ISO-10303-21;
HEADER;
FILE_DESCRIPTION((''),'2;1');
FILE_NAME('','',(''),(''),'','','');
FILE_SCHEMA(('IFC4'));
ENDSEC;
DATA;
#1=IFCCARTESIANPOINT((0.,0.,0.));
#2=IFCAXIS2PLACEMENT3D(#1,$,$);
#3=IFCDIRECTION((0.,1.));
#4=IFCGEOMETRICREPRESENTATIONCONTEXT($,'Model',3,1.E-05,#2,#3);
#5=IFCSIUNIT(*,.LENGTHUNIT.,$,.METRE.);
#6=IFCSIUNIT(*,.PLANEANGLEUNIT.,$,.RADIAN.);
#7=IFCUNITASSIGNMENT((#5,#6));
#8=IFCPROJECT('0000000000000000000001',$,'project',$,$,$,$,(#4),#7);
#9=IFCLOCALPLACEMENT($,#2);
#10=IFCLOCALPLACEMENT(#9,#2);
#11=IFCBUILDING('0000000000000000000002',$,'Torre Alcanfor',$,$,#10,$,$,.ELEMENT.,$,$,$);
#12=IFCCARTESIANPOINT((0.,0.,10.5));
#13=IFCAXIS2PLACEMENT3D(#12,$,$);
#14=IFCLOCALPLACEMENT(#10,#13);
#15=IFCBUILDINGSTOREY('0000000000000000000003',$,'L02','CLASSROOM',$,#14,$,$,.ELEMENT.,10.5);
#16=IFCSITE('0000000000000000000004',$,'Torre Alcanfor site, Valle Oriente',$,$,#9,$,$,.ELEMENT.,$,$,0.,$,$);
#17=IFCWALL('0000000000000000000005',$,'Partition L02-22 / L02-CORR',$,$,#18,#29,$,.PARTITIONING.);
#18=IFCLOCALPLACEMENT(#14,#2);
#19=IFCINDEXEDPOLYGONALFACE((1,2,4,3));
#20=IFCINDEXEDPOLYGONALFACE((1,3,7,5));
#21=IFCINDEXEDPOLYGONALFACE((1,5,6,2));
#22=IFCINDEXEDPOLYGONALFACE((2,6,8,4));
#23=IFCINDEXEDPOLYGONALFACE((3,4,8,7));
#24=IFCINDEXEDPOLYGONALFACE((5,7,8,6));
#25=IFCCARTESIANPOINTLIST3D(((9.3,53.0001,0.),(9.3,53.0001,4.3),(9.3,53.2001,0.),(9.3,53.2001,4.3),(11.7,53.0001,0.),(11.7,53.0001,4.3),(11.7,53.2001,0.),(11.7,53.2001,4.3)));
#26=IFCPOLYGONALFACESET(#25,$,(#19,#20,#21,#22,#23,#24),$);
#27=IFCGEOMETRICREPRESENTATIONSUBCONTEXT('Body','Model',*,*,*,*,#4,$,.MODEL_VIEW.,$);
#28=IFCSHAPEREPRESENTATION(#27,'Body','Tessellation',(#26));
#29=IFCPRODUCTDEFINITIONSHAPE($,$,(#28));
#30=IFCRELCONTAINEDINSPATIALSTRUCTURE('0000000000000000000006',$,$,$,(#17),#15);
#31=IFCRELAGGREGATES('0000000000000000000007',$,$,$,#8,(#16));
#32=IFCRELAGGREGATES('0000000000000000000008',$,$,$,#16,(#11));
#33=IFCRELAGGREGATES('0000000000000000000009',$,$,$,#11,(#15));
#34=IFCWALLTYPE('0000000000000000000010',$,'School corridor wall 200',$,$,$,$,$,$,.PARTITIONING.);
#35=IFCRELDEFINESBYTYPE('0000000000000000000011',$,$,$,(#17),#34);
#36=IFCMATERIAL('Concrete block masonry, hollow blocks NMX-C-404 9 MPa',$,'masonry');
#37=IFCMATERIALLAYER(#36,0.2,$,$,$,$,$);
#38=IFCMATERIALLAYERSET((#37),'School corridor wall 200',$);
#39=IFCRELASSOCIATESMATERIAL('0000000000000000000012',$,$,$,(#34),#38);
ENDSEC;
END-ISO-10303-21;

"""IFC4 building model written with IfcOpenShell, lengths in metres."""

from ifc_helpers import new_model, si_unit, direction, frame, frame_2d, origin, place, context, subcontext, project, spatial, rectangle, extrude, material, layer, layer_set, type_object, element, save


model = new_model("IFC4")

# Units and contexts
model_context = context("Model", 3, precision=1e-05, world=origin(), true_north=direction((0.0, 1.0)))
body_context = subcontext(model_context, "Body", "Model", "MODEL_VIEW")
ifc_project = project(units=[si_unit("LENGTHUNIT", "METRE"), si_unit("PLANEANGLEUNIT", "RADIAN")], contexts=[model_context])

# Site, building, storey
site_placement = place(None, origin())
site = spatial("IfcSite", under=ifc_project, at=site_placement, Name="Torre Alcanfor site, Valle Oriente", CompositionType="ELEMENT", RefElevation=0.0)
building_placement = place(site_placement, origin())
building = spatial("IfcBuilding", under=site, at=building_placement, Name="Torre Alcanfor", CompositionType="ELEMENT")
storey_placement = place(building_placement, frame((0.0, 0.0, 10.5)))
storey = spatial("IfcBuildingStorey", under=building, at=storey_placement, Name="L02", Description="CLASSROOM", CompositionType="ELEMENT", Elevation=10.5)

# Shared definitions
ifc_material_1 = material(Name="Concrete block masonry, hollow blocks NMX-C-404 9 MPa", Category="masonry")
ifc_layer_1 = layer(ifc_material_1, 0.2)
ifc_layer_set_1 = layer_set([ifc_layer_1], Name="School corridor wall 200")
wall_type_1 = type_object("IfcWallType", Name="School corridor wall 200", PredefinedType="PARTITIONING", material=ifc_layer_set_1)

# Wall
wall_1_placement = place(storey_placement, frame((11.7, 53.1001, 0.0), z_axis=(0.0, 0.0, 1.0), x_axis=(-1.0, 0.0, 0.0)))
element("IfcWall", 1, at=wall_1_placement, inside=storey, type_object=wall_type_1, Name="Partition L02-22 / L02-CORR", PredefinedType="PARTITIONING", context=body_context, shape_type="SweptSolid", body=[
    extrude(rectangle(XDim=2.3999, YDim=0.2, at=frame_2d((1.2, 0.0))), origin(), (0.0, 0.0, 1.0), 4.3),
])

save(model, "model.ifc")
